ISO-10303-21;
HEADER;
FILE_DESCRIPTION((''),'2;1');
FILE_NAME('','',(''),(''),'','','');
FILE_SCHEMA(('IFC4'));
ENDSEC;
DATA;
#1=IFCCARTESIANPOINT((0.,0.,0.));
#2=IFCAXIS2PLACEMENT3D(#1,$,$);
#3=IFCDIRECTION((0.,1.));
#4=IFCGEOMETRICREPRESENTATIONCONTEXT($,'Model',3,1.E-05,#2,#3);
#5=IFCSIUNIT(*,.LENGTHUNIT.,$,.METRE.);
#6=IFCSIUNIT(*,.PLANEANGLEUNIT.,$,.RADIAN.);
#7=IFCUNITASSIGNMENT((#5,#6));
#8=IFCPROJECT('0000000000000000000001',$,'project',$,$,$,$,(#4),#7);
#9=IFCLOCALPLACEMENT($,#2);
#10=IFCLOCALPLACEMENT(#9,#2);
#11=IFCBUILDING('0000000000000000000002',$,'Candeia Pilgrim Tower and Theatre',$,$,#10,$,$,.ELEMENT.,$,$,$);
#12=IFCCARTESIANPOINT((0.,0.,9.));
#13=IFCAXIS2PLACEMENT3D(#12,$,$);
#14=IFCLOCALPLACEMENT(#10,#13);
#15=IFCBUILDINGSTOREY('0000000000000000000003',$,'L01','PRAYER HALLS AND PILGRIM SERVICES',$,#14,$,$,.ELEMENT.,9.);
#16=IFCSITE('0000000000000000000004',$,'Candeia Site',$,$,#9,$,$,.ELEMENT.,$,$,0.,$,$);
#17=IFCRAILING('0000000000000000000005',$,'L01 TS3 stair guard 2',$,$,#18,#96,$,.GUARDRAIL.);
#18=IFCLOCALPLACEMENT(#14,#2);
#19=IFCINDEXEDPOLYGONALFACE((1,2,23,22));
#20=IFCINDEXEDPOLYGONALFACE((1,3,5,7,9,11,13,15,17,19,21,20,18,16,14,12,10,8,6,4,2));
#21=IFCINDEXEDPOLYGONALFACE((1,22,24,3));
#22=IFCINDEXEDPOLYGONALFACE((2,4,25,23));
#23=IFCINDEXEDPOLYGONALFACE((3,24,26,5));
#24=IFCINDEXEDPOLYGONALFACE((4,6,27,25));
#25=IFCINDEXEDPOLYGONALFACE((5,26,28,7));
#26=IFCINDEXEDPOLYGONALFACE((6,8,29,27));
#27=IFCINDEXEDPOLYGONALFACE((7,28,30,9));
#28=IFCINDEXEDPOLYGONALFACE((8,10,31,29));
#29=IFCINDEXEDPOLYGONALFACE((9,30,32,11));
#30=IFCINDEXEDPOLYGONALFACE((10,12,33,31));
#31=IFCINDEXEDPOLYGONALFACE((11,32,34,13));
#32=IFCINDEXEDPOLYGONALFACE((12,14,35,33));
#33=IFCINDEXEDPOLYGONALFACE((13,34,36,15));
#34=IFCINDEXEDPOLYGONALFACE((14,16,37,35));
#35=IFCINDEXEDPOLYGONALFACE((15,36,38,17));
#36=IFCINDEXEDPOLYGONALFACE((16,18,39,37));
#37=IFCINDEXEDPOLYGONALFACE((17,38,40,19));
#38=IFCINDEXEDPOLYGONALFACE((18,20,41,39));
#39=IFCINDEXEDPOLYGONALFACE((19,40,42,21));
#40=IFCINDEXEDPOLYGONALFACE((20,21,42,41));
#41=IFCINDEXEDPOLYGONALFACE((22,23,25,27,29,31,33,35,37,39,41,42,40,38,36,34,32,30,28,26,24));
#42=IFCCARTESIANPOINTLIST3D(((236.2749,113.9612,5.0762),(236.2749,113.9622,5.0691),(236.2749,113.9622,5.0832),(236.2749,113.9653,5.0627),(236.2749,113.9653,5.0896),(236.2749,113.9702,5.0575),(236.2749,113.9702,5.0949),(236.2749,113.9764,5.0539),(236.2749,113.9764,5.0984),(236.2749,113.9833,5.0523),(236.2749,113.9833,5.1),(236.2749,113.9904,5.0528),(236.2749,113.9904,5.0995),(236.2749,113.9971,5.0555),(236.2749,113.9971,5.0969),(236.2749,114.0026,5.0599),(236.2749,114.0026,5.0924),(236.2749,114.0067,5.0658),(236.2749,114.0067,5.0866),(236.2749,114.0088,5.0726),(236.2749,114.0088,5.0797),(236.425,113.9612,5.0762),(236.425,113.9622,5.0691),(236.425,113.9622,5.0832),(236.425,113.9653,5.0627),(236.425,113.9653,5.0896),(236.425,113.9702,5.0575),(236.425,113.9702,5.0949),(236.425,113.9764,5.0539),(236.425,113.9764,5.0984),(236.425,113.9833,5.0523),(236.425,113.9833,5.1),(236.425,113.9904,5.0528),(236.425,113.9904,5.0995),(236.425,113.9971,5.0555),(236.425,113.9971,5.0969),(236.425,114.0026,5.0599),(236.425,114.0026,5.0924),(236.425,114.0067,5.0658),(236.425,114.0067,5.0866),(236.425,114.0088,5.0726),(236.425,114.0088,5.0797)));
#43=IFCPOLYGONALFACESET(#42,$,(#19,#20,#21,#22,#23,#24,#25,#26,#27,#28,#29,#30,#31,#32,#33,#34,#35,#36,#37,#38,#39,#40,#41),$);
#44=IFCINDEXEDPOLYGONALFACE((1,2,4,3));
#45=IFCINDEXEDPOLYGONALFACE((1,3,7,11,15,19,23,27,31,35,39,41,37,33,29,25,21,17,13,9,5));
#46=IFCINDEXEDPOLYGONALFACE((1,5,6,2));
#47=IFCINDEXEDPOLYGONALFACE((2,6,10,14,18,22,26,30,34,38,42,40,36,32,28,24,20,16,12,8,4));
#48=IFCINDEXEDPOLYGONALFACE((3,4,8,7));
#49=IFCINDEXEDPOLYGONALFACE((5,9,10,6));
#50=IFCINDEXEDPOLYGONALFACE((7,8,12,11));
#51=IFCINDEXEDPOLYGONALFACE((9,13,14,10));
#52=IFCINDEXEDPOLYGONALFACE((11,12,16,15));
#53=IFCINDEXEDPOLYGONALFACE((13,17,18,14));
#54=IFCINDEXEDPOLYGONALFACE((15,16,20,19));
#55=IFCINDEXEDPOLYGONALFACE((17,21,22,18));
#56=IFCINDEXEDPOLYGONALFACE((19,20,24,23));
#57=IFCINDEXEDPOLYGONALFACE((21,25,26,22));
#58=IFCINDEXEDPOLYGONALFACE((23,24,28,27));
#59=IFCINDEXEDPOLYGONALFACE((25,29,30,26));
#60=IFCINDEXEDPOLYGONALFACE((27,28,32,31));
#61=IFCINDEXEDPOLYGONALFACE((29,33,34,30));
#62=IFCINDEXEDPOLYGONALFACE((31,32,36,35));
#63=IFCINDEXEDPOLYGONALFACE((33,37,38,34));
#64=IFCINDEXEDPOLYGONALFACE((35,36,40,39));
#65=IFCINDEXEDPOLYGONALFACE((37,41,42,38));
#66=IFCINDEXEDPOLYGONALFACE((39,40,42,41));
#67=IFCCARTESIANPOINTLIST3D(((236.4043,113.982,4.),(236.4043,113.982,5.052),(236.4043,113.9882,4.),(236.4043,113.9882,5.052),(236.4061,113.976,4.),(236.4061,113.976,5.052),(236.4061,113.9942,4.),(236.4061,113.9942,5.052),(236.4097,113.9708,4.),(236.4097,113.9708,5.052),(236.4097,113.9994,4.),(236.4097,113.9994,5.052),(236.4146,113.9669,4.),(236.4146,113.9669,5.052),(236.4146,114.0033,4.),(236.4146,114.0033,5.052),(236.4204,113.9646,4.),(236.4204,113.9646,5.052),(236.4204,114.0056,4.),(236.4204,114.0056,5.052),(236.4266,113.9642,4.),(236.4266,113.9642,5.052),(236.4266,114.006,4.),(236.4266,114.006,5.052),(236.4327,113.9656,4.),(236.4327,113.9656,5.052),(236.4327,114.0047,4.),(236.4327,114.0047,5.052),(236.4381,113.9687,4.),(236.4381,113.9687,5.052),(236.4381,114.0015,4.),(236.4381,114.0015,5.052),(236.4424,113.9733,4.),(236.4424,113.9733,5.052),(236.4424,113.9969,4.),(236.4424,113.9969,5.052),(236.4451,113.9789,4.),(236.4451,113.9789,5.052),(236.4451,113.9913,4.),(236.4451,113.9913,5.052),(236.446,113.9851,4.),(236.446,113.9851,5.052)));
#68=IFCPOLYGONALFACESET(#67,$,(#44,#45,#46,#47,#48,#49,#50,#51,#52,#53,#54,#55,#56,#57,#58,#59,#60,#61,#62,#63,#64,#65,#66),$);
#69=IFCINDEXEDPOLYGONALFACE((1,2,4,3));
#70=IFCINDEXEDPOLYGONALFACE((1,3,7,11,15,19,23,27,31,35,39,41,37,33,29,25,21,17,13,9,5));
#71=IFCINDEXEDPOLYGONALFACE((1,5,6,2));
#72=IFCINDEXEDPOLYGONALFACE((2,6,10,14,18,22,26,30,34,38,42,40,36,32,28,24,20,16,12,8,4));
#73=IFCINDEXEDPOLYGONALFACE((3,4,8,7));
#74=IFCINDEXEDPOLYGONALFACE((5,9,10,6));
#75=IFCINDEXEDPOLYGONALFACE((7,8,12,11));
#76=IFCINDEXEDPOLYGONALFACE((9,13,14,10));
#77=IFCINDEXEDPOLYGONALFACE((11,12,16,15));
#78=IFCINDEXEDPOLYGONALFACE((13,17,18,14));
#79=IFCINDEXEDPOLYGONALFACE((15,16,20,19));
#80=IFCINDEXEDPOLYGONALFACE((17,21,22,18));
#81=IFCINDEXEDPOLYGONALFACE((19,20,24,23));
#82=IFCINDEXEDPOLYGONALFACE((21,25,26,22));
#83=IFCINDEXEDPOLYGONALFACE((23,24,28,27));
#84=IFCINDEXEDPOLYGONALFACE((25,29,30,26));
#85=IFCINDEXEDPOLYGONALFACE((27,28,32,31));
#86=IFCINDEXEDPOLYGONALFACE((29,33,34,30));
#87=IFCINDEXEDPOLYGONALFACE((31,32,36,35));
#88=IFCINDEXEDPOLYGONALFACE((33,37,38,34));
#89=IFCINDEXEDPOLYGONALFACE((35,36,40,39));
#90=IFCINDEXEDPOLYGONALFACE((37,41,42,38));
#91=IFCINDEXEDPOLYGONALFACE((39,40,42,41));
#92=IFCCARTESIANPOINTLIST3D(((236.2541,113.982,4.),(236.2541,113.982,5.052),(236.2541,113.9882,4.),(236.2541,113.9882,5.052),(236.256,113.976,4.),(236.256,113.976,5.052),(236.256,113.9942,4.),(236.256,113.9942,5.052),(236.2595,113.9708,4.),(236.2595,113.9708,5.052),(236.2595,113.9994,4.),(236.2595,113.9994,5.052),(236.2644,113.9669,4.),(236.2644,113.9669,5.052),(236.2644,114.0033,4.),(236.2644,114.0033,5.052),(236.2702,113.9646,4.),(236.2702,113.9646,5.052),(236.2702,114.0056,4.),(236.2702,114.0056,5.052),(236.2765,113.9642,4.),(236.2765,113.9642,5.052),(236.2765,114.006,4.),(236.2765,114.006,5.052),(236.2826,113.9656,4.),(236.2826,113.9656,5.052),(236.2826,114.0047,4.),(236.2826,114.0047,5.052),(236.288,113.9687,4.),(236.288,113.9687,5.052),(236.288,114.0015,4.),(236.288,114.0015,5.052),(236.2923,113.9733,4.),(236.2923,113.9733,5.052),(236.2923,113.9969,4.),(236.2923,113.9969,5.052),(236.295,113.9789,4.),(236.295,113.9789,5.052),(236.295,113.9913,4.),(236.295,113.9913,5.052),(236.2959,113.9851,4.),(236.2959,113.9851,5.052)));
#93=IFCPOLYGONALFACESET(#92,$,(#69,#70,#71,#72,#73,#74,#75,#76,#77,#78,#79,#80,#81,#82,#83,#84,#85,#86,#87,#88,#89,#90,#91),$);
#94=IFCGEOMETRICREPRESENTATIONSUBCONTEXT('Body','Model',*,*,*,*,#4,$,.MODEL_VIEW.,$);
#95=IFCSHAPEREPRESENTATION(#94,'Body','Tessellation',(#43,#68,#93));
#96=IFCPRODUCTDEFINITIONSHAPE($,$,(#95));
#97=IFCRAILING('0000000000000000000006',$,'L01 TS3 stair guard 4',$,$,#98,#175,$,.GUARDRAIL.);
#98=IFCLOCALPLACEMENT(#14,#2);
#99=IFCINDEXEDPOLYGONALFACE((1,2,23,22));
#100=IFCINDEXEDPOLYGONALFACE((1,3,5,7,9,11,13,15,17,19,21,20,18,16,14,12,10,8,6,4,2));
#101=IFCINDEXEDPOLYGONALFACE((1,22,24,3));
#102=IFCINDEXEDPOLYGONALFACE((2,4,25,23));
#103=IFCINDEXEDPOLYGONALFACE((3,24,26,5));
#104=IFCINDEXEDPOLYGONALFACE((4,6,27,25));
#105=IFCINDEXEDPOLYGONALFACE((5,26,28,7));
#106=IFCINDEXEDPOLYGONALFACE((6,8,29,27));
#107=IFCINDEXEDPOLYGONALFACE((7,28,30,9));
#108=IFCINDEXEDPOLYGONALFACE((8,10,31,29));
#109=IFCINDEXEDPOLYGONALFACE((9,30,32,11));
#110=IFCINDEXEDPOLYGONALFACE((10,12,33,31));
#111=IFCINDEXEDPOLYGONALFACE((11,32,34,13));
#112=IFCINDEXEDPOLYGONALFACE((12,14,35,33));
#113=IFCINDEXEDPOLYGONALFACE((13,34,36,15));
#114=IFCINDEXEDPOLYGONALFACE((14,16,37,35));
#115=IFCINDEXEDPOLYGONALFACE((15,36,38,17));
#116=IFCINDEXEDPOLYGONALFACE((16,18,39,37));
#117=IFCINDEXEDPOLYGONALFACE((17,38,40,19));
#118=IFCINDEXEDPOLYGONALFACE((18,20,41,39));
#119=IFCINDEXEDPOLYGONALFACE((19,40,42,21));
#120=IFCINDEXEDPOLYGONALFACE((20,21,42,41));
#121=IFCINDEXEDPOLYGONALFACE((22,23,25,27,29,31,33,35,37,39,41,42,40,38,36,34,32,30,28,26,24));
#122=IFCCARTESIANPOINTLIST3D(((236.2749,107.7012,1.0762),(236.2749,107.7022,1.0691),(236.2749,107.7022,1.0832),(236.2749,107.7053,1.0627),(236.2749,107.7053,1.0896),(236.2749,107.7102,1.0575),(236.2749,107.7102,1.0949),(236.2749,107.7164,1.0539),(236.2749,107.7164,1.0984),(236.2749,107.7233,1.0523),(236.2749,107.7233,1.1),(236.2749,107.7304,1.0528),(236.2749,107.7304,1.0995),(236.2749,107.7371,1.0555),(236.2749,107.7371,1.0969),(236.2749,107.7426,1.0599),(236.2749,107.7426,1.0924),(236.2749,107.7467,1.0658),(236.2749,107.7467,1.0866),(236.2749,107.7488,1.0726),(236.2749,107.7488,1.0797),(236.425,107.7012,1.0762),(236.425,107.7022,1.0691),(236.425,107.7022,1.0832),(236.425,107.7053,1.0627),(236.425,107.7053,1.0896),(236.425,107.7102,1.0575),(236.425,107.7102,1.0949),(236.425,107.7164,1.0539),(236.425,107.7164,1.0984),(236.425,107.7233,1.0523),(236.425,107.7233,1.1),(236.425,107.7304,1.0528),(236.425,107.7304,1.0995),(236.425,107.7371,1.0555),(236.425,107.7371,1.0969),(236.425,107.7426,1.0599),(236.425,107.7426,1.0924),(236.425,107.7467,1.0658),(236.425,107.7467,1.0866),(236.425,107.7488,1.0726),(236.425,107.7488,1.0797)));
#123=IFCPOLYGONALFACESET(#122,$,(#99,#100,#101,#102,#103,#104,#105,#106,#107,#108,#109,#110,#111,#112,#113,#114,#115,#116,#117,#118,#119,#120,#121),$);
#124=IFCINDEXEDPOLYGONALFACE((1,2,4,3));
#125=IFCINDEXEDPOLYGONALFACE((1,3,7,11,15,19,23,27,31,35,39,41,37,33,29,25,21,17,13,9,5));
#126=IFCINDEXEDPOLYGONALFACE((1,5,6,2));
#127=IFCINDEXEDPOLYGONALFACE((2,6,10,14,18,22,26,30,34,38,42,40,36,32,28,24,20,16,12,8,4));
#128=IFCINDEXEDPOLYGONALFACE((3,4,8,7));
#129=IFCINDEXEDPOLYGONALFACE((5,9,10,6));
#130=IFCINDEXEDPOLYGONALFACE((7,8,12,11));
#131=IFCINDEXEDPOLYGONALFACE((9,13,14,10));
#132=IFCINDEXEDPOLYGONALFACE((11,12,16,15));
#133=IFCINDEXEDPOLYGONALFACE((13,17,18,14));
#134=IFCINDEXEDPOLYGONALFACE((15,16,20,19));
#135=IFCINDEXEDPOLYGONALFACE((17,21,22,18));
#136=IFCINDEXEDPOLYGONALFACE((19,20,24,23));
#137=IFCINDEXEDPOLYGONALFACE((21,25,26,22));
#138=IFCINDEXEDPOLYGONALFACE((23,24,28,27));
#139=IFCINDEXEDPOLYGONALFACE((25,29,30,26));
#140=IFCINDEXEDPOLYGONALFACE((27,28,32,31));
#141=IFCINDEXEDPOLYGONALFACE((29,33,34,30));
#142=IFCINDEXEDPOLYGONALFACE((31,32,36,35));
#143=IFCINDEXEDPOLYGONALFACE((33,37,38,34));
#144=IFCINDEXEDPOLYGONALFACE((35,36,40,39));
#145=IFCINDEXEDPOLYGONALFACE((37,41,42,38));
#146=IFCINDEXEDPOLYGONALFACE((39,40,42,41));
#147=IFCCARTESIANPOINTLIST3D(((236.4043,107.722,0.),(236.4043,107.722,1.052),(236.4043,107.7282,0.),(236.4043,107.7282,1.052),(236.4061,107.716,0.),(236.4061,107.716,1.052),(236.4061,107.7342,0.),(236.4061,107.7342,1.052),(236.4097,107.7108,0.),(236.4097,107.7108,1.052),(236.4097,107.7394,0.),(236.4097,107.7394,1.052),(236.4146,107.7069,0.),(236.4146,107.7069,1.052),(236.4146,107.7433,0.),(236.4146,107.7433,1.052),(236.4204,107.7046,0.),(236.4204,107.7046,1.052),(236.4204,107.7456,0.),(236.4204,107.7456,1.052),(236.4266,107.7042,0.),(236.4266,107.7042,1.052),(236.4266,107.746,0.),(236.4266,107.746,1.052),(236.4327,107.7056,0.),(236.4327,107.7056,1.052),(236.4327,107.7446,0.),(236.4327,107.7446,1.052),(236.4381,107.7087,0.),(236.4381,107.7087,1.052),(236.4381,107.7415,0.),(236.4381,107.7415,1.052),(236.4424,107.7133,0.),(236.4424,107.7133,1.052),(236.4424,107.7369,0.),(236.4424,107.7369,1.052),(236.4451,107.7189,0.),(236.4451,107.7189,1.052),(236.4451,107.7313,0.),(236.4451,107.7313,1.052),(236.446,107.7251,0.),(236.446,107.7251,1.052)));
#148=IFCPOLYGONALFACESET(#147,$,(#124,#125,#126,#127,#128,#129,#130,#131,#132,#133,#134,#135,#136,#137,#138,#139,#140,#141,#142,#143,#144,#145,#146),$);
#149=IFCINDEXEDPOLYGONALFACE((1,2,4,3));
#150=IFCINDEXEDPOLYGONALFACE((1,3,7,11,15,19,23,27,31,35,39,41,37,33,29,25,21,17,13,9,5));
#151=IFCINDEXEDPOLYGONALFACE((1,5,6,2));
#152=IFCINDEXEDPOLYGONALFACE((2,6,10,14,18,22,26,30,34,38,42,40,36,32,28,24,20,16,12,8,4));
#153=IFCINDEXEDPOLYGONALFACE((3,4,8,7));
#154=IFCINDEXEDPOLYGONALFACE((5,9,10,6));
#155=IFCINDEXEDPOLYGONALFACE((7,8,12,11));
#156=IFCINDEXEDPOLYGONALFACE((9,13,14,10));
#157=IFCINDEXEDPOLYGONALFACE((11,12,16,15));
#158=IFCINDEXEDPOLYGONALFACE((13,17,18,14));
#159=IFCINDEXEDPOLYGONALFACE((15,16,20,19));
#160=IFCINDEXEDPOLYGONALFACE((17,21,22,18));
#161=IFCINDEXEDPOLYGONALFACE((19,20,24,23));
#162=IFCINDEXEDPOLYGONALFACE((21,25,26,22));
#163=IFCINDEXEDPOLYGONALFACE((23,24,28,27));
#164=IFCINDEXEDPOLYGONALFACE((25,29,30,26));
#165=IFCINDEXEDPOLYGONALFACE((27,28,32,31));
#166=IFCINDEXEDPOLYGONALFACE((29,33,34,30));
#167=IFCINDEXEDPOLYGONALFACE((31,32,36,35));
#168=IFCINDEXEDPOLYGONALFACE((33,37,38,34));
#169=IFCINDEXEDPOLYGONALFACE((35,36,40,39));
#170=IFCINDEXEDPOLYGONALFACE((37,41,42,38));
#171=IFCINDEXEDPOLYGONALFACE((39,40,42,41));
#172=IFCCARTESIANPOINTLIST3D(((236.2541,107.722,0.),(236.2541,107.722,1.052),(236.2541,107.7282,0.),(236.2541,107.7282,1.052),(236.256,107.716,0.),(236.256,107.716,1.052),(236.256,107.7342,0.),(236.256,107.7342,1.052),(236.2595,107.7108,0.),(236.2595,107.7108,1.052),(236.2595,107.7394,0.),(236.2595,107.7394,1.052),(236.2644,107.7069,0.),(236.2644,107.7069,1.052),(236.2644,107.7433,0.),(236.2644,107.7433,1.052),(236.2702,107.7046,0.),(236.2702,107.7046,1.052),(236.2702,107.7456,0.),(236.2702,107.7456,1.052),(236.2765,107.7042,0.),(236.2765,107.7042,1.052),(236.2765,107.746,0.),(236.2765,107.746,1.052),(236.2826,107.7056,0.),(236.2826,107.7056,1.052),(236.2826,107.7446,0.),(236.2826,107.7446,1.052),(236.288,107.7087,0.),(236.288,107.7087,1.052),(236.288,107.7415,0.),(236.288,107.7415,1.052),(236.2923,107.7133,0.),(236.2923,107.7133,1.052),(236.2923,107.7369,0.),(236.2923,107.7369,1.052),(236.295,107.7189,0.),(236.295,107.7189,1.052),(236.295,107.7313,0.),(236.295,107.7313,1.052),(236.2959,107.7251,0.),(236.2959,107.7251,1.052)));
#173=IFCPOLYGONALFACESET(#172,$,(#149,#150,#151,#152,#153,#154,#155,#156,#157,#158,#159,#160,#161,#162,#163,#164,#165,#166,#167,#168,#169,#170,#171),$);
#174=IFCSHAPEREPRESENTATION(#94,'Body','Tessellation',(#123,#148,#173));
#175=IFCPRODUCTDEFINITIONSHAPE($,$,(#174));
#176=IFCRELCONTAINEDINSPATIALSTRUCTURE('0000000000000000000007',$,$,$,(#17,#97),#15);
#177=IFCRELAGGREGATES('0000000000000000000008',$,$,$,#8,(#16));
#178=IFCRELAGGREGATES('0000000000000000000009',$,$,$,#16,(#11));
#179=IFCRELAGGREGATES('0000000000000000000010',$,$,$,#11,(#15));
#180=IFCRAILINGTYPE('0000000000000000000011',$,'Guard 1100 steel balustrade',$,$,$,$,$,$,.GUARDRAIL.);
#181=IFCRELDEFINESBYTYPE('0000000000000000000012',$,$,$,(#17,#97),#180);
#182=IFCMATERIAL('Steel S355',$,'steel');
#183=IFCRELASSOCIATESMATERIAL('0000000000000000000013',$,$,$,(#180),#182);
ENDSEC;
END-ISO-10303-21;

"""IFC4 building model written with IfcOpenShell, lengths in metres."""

from ifc_helpers import new_model, si_unit, direction, frame, origin, origin_2d, place, context, subcontext, project, spatial, circle, extrude, material, type_object, element, save


model = new_model("IFC4")

# Units and contexts
model_context = context("Model", 3, precision=1e-05, world=origin(), true_north=direction((0.0, 1.0)))
body_context = subcontext(model_context, "Body", "Model", "MODEL_VIEW")
ifc_project = project(units=[si_unit("LENGTHUNIT", "METRE"), si_unit("PLANEANGLEUNIT", "RADIAN")], contexts=[model_context])

# Site, building, storey
site_placement = place(None, origin())
site = spatial("IfcSite", under=ifc_project, at=site_placement, Name="Candeia Site", CompositionType="ELEMENT", RefElevation=0.0)
building_placement = place(site_placement, origin())
building = spatial("IfcBuilding", under=site, at=building_placement, Name="Candeia Pilgrim Tower and Theatre", CompositionType="ELEMENT")
storey_placement = place(building_placement, frame((0.0, 0.0, 9.0)))
storey = spatial("IfcBuildingStorey", under=building, at=storey_placement, Name="L01", Description="PRAYER HALLS AND PILGRIM SERVICES", CompositionType="ELEMENT", Elevation=9.0)

# Railings
ifc_material_1 = material(Name="Steel S355", Category="steel")
railing_type_1 = type_object("IfcRailingType", Name="Guard 1100 steel balustrade", PredefinedType="GUARDRAIL", material=ifc_material_1)
railing_1_placement = place(storey_placement, frame((236.425, 113.9851, 4.0)))
element("IfcRailing", 1, at=railing_1_placement, inside=storey, type_object=railing_type_1, Name="L01 TS3 stair guard 2", PredefinedType="GUARDRAIL", context=body_context, shape_type="SweptSolid", body=[
    extrude(circle(Radius=0.0239, at=origin_2d()), frame((0.0, 0.0, 1.0762), z_axis=(-1.0, 0.0, 0.0), x_axis=(0.0, -1.0, 0.0)), (0.0, 0.0, 1.0), 0.1501),
    extrude(circle(Radius=0.021, at=origin_2d()), origin(), (0.0, 0.0, 1.0), 1.052),
    extrude(circle(Radius=0.021, at=origin_2d()), frame((-0.1501, 0.0, 0.0)), (0.0, 0.0, 1.0), 1.052),
])
railing_2_placement = place(storey_placement, frame((236.425, 107.7251, 0.0)))
element("IfcRailing", 2, at=railing_2_placement, inside=storey, type_object=railing_type_1, Name="L01 TS3 stair guard 4", PredefinedType="GUARDRAIL", context=body_context, shape_type="SweptSolid", body=[
    extrude(circle(Radius=0.0239, at=origin_2d()), frame((0.0, 0.0, 1.0762), z_axis=(-1.0, 0.0, 0.0), x_axis=(0.0, -1.0, 0.0)), (0.0, 0.0, 1.0), 0.1501),
    extrude(circle(Radius=0.021, at=origin_2d()), origin(), (0.0, 0.0, 1.0), 1.052),
    extrude(circle(Radius=0.021, at=origin_2d()), frame((-0.1501, 0.0, 0.0)), (0.0, 0.0, 1.0), 1.052),
])

save(model, "model.ifc")
